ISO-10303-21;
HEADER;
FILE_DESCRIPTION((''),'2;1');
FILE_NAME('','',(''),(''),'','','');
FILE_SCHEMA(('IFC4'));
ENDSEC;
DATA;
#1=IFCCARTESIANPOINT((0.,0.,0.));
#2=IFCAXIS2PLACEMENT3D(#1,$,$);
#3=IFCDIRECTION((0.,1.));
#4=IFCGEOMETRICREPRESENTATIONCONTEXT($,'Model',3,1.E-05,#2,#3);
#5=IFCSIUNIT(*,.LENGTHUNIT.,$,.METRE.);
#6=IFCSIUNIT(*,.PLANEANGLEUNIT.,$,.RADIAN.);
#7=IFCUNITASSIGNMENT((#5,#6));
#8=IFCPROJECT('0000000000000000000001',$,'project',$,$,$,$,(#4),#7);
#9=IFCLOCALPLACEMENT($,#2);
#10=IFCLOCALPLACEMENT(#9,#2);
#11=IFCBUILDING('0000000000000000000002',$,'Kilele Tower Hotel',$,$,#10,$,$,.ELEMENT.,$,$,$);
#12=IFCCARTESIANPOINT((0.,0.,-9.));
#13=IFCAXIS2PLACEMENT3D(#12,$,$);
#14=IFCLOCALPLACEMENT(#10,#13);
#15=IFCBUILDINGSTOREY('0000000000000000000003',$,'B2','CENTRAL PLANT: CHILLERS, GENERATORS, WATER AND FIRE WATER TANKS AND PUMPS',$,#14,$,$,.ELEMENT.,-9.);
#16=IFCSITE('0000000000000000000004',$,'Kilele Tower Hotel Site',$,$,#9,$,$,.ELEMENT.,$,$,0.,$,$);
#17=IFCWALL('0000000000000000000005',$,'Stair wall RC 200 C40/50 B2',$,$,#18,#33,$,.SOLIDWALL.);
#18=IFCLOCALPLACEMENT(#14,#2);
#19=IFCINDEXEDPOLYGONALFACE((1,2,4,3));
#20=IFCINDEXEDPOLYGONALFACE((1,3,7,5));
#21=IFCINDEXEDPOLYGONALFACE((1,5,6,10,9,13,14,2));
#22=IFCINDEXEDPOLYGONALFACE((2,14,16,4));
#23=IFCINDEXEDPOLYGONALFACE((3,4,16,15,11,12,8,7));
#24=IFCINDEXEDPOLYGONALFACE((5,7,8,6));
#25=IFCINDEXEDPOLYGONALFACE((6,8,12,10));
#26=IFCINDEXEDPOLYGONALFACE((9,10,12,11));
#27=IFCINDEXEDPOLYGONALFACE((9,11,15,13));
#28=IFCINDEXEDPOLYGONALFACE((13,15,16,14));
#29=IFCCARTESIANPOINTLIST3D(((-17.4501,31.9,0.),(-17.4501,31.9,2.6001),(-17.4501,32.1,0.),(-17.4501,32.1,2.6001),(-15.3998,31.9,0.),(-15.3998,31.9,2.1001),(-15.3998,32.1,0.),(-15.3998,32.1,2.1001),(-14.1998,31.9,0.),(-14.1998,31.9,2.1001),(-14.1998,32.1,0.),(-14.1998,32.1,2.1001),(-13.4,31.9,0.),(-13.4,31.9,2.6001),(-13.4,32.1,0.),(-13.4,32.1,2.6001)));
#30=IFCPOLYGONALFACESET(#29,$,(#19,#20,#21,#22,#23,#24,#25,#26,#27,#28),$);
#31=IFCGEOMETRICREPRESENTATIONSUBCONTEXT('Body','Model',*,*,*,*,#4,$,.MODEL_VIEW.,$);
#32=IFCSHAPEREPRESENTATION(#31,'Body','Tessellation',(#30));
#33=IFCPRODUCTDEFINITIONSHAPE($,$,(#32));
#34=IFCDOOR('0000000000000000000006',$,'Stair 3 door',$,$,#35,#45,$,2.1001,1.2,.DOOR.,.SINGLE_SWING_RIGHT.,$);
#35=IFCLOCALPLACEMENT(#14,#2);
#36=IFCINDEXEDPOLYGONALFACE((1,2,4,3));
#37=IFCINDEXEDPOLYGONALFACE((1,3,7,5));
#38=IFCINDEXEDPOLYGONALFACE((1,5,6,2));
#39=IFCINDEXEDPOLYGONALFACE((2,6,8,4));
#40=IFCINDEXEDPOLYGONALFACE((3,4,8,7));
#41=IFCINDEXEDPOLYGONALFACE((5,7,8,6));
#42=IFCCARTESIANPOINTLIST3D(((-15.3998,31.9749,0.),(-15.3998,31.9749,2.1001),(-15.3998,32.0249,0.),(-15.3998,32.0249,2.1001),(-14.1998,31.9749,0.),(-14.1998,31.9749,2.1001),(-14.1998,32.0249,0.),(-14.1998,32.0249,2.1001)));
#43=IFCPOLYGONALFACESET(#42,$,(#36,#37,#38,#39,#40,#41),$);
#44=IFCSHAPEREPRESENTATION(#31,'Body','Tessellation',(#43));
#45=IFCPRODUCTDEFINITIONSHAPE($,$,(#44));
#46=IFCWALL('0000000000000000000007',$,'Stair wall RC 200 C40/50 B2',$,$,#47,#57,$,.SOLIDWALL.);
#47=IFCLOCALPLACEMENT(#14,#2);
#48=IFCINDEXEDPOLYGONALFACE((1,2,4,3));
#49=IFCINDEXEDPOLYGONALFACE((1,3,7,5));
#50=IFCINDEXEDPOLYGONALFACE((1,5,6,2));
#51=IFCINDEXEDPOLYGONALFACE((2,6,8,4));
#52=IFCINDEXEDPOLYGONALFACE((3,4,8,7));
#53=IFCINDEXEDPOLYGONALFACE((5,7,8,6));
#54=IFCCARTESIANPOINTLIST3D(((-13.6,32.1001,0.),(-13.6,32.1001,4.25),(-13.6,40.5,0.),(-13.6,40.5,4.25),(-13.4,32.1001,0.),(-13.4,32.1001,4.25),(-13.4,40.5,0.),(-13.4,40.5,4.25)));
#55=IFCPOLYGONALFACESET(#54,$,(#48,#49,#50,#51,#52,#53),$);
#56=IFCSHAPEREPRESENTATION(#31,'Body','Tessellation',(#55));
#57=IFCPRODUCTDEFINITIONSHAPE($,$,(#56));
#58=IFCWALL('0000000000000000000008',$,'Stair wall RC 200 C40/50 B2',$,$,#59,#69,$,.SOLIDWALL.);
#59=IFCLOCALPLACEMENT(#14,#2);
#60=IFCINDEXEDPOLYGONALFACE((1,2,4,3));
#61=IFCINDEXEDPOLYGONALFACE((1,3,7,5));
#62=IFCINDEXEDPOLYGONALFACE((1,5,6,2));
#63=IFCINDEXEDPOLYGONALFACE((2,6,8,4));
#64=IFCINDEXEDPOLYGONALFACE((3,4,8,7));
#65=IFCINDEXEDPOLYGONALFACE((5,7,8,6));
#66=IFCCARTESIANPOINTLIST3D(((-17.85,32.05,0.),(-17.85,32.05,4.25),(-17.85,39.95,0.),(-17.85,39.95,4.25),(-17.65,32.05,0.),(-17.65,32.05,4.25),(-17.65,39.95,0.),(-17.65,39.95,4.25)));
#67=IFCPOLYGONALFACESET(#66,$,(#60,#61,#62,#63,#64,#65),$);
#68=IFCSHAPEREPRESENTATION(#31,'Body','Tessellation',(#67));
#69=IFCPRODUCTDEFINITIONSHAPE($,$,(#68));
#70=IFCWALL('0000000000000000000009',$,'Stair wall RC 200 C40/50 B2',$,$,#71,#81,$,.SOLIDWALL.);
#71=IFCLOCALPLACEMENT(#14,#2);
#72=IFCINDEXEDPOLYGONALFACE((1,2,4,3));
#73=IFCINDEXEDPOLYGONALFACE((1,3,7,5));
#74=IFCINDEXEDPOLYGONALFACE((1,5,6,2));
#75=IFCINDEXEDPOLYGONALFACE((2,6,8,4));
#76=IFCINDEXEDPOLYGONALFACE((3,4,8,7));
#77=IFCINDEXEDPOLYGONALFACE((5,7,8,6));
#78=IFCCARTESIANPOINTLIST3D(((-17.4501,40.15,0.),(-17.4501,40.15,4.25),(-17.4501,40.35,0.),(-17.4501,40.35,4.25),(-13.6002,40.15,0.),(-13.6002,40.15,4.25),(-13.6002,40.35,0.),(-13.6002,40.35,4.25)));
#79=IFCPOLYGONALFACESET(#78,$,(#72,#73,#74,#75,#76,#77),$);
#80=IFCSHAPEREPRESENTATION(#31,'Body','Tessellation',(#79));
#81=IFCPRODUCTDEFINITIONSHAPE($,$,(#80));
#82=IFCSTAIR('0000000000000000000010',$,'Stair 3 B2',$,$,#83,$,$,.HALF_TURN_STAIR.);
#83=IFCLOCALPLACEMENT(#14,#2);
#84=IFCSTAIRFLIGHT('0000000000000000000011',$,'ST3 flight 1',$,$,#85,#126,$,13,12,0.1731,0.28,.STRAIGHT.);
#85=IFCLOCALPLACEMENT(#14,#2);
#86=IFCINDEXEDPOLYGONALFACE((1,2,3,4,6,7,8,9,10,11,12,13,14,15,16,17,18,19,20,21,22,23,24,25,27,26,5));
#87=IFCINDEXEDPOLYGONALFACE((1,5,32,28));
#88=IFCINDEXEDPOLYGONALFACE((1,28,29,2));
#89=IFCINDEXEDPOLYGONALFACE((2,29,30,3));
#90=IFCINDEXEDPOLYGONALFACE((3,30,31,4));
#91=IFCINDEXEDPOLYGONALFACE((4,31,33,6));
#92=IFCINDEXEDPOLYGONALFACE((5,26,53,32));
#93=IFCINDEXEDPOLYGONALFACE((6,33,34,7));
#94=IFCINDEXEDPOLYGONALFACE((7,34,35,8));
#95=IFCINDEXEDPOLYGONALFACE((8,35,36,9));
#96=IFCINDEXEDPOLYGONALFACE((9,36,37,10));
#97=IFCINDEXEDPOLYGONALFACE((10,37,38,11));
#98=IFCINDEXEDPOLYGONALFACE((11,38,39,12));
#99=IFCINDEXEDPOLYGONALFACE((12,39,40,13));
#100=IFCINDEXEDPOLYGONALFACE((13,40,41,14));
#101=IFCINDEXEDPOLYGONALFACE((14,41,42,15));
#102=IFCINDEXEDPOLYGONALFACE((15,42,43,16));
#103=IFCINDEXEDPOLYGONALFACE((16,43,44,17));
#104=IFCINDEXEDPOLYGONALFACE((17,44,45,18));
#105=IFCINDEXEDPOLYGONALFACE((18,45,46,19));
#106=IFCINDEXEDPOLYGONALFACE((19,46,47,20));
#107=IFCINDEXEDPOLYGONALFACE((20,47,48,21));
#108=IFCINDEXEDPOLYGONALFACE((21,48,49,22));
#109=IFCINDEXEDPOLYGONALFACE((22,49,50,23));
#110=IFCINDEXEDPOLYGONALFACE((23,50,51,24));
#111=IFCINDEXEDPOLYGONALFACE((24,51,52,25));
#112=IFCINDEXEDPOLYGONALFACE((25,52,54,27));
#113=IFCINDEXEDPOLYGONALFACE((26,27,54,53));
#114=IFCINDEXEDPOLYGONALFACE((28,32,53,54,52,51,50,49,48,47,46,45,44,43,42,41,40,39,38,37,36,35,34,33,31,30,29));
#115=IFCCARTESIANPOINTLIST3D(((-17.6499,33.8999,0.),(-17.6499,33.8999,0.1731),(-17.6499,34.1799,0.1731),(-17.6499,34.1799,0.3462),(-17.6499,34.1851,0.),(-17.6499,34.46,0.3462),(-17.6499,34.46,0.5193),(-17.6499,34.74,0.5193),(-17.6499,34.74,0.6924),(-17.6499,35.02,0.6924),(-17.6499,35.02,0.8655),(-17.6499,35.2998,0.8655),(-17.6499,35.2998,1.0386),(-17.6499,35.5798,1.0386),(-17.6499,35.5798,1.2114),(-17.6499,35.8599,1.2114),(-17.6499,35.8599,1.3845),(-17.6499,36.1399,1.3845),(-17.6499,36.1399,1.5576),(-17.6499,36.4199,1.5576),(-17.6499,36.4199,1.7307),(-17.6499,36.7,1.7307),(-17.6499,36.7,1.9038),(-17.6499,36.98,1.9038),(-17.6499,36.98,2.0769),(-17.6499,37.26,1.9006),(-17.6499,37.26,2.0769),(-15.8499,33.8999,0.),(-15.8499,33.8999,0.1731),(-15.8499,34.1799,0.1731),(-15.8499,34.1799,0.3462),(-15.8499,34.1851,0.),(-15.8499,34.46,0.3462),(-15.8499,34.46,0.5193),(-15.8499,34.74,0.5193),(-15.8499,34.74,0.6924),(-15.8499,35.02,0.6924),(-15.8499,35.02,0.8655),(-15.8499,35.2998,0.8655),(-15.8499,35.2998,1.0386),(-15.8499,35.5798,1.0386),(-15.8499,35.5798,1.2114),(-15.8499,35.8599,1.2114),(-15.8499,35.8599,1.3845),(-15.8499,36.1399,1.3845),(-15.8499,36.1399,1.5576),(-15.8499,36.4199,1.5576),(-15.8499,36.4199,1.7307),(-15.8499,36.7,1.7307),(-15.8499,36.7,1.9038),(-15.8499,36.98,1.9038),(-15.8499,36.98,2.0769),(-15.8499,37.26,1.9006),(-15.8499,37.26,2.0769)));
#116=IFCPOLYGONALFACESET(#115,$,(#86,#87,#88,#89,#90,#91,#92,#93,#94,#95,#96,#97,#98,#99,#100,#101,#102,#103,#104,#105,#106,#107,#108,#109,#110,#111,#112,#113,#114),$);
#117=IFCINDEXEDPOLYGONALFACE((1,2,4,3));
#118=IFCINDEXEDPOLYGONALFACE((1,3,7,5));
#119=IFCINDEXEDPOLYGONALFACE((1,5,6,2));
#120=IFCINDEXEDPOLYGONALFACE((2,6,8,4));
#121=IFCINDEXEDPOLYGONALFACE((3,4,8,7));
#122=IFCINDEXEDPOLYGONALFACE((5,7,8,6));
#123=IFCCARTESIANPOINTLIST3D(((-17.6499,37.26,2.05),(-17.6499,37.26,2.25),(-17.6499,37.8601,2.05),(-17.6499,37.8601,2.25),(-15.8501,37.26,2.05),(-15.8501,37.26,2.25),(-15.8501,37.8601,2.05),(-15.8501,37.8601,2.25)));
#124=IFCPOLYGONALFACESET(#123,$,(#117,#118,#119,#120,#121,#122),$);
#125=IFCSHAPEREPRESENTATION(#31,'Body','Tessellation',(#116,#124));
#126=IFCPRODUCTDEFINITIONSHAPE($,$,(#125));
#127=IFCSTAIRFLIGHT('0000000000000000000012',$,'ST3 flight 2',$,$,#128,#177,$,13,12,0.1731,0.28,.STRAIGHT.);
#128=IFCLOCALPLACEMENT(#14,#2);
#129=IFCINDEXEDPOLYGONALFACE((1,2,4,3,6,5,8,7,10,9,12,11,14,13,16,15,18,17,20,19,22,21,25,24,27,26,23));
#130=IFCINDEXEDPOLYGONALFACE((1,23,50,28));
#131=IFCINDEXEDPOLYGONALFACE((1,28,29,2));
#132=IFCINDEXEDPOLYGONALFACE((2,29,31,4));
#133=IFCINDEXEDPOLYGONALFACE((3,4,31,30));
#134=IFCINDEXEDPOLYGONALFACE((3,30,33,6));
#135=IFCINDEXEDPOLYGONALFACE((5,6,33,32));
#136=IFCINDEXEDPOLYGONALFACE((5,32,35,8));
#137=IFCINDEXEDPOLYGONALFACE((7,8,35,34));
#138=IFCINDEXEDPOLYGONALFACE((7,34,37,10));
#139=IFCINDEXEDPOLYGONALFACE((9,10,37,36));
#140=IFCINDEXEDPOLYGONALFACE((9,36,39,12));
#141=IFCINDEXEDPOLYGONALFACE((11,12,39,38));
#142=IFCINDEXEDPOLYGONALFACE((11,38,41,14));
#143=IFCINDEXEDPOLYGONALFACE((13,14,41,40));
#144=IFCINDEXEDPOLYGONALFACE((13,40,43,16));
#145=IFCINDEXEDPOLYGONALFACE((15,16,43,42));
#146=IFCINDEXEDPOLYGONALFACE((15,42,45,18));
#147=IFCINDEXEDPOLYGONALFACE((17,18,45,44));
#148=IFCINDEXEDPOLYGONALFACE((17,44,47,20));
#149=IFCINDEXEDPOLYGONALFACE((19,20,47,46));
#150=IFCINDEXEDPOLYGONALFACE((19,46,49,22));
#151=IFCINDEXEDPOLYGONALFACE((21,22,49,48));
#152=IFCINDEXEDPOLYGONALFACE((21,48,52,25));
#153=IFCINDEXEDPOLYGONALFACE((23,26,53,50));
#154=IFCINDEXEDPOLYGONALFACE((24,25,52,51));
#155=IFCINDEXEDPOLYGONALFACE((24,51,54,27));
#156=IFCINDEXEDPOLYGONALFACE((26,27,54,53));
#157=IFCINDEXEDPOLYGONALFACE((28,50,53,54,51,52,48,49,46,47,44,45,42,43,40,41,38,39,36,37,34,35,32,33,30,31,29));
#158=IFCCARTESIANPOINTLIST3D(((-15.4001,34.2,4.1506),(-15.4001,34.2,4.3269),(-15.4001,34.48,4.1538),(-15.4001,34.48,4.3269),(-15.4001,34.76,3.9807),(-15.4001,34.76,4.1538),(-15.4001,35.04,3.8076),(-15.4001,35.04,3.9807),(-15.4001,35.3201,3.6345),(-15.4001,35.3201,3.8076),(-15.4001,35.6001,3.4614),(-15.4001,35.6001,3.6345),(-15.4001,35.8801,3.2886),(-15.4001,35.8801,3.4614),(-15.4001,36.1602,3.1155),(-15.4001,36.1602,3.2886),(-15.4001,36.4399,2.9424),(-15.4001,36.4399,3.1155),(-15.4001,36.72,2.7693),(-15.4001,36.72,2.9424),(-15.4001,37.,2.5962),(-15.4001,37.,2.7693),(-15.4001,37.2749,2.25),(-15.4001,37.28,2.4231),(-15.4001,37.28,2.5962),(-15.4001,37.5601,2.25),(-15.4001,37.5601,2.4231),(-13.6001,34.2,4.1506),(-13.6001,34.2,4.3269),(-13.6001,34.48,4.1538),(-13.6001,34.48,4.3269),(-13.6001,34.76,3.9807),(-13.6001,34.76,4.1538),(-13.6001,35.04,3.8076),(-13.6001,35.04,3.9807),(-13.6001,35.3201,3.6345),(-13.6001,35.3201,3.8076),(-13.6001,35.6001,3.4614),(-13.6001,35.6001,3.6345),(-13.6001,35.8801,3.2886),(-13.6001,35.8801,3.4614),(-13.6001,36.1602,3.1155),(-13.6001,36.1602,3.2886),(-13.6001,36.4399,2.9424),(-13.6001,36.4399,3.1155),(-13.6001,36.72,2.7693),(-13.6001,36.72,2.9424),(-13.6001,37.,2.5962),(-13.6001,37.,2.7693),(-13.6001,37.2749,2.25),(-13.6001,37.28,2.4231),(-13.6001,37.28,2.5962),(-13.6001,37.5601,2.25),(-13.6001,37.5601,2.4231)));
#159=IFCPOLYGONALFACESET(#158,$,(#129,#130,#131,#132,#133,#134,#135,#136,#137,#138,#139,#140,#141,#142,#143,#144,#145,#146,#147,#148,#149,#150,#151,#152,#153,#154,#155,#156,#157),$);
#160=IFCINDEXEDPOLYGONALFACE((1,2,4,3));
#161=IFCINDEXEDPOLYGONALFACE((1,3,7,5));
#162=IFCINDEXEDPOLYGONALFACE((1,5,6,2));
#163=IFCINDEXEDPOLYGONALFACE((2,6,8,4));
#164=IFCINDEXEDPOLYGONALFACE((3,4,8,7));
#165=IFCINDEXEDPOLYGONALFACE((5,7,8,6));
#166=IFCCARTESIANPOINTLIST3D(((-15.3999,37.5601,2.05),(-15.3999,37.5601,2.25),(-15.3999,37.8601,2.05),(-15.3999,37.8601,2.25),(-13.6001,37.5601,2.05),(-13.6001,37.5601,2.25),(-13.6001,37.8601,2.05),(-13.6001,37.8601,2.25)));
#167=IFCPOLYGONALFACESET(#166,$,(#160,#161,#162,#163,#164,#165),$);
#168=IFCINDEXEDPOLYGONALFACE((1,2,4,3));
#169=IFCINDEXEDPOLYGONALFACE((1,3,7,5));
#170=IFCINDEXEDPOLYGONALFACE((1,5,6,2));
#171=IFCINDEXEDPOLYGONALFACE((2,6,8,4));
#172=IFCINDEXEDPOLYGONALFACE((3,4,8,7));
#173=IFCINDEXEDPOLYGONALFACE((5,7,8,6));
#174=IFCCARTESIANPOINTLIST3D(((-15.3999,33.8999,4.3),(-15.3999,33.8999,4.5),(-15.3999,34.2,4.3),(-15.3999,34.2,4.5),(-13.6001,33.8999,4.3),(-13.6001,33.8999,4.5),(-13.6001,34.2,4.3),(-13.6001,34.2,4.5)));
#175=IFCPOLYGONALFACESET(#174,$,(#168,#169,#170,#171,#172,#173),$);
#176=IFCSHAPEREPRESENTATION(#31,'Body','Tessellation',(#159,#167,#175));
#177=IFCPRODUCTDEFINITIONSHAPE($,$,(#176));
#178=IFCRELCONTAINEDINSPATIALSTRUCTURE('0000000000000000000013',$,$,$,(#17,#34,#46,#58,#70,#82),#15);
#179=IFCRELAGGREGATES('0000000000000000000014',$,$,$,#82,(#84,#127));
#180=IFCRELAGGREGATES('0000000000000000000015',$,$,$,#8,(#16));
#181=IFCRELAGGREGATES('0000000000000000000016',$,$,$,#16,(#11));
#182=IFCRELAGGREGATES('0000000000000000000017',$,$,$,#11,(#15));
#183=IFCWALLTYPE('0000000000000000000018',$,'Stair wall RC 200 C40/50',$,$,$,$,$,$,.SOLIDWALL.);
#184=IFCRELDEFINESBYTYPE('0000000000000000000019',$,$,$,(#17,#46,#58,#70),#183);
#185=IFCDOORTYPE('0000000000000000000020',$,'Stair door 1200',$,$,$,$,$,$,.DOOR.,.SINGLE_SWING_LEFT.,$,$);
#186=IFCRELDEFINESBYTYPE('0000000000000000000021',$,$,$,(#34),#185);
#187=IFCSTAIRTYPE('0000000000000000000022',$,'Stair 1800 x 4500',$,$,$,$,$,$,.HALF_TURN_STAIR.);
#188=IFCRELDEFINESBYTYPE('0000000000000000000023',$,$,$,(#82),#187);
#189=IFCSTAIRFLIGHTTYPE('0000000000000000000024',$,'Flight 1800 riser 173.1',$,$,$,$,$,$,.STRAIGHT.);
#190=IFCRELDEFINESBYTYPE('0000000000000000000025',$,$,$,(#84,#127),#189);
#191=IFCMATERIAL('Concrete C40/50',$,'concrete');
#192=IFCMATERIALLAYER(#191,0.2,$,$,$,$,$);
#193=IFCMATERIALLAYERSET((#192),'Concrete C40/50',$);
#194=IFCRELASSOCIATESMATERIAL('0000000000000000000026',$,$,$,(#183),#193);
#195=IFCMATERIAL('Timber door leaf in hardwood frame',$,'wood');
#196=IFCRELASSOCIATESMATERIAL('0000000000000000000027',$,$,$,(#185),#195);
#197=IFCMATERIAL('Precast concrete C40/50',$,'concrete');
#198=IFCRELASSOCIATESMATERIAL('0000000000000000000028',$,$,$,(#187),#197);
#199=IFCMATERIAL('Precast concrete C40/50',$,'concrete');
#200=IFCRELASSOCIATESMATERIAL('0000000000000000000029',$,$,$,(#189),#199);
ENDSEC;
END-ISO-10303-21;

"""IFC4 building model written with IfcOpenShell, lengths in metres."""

from ifc_helpers import new_model, si_unit, direction, frame, frame_2d, origin, place, context, subcontext, project, spatial, polyline, rectangle, outline, extrude, material, layer, layer_set, type_object, element, fill, aggregate, save


model = new_model("IFC4")

# Units and contexts
model_context = context("Model", 3, precision=1e-05, world=origin(), true_north=direction((0.0, 1.0)))
body_context = subcontext(model_context, "Body", "Model", "MODEL_VIEW")
ifc_project = project(units=[si_unit("LENGTHUNIT", "METRE"), si_unit("PLANEANGLEUNIT", "RADIAN")], contexts=[model_context])

# Site, building, storey
site_placement = place(None, origin())
site = spatial("IfcSite", under=ifc_project, at=site_placement, Name="Kilele Tower Hotel Site", CompositionType="ELEMENT", RefElevation=0.0)
building_placement = place(site_placement, origin())
building = spatial("IfcBuilding", under=site, at=building_placement, Name="Kilele Tower Hotel", CompositionType="ELEMENT")
storey_placement = place(building_placement, frame((0.0, 0.0, -9.0)))
storey = spatial("IfcBuildingStorey", under=building, at=storey_placement, Name="B2", Description="CENTRAL PLANT: CHILLERS, GENERATORS, WATER AND FIRE WATER TANKS AND PUMPS", CompositionType="ELEMENT", Elevation=-9.0)

# Wall, opening, door
ifc_material_1 = material(Name="Concrete C40/50", Category="concrete")
ifc_layer_1 = layer(ifc_material_1, 0.2)
ifc_layer_set_1 = layer_set([ifc_layer_1], Name="Concrete C40/50")
wall_type_1 = type_object("IfcWallType", Name="Stair wall RC 200 C40/50", PredefinedType="SOLIDWALL", material=ifc_layer_set_1)
wall_1_placement = place(storey_placement, frame((-17.45, 32.0, 0.0), z_axis=(0.0, 0.0, 1.0), x_axis=(1.0, 0.0, 0.0)))
wall_1 = element("IfcWall", 1, at=wall_1_placement, inside=storey, type_object=wall_type_1, Name="Stair wall RC 200 C40/50 B2", PredefinedType="SOLIDWALL", context=body_context, shape_type="SweptSolid", body=[
    extrude(rectangle(XDim=4.05, YDim=0.2, at=frame_2d((2.0249, 0.0))), origin(), (0.0, 0.0, 1.0), 2.6001),
])
opening_1_placement = place(wall_1_placement, frame((2.05, 0.0, 0.0)))
opening_1 = element("IfcOpeningElement", 2, at=opening_1_placement, cuts=wall_1, PredefinedType="OPENING", context=body_context, shape_type="SweptSolid", body=[
    extrude(rectangle(XDim=1.2, YDim=2.1001, at=frame_2d((0.6001, 1.05))), frame((0.0, 0.1099, 0.0), z_axis=(0.0, -1.0, 0.0), x_axis=(1.0, 0.0, 0.0)), (0.0, 0.0, 1.0), 0.22),
])
ifc_material_2 = material(Name="Timber door leaf in hardwood frame", Category="wood")
door_type_1 = type_object("IfcDoorType", Name="Stair door 1200", OperationType="SINGLE_SWING_LEFT", PredefinedType="DOOR", material=ifc_material_2)
door_1_placement = place(opening_1_placement, origin())
door_1 = element("IfcDoor", 3, at=door_1_placement, inside=storey, type_object=door_type_1, Name="Stair 3 door", OperationType="SINGLE_SWING_RIGHT", OverallHeight=2.1001, OverallWidth=1.2, PredefinedType="DOOR", context=body_context, shape_type="SweptSolid", body=[
    extrude(rectangle(XDim=1.2, YDim=2.1001, at=frame_2d((0.6001, 1.05))), frame((0.0, 0.0249, 0.0), z_axis=(0.0, -1.0, 0.0), x_axis=(1.0, 0.0, 0.0)), (0.0, 0.0, 1.0), 0.05),
])
fill(opening_1, door_1)

# Walls
wall_2_placement = place(storey_placement, frame((-13.5, 32.1001, 0.0), z_axis=(0.0, 0.0, 1.0), x_axis=(0.0, 1.0, 0.0)))
element("IfcWall", 4, at=wall_2_placement, inside=storey, type_object=wall_type_1, Name="Stair wall RC 200 C40/50 B2", PredefinedType="SOLIDWALL", context=body_context, shape_type="SweptSolid", body=[
    extrude(rectangle(XDim=8.3999, YDim=0.2, at=frame_2d((4.2, 0.0))), origin(), (0.0, 0.0, 1.0), 4.25),
])
wall_3_placement = place(storey_placement, frame((-17.75, 32.05, 0.0), z_axis=(0.0, 0.0, 1.0), x_axis=(0.0, 1.0, 0.0)))
element("IfcWall", 5, at=wall_3_placement, inside=storey, type_object=wall_type_1, Name="Stair wall RC 200 C40/50 B2", PredefinedType="SOLIDWALL", context=body_context, shape_type="SweptSolid", body=[
    extrude(rectangle(XDim=7.8999, YDim=0.2, at=frame_2d((3.95, 0.0))), origin(), (0.0, 0.0, 1.0), 4.25),
])
wall_4_placement = place(storey_placement, frame((-17.45, 40.25, 0.0), z_axis=(0.0, 0.0, 1.0), x_axis=(1.0, 0.0, 0.0)))
element("IfcWall", 6, at=wall_4_placement, inside=storey, type_object=wall_type_1, Name="Stair wall RC 200 C40/50 B2", PredefinedType="SOLIDWALL", context=body_context, shape_type="SweptSolid", body=[
    extrude(rectangle(XDim=3.8499, YDim=0.2, at=frame_2d((1.9248, 0.0))), origin(), (0.0, 0.0, 1.0), 4.25),
])

# Stair, stair flights
ifc_material_3 = material(Name="Precast concrete C40/50", Category="concrete")
stair_type = type_object("IfcStairType", Name="Stair 1800 x 4500", PredefinedType="HALF_TURN_STAIR", material=ifc_material_3)
stair_placement = place(storey_placement, origin())
stair = element("IfcStair", 7, at=stair_placement, inside=storey, type_object=stair_type, Name="Stair 3 B2", PredefinedType="HALF_TURN_STAIR")
ifc_material_4 = material(Name="Precast concrete C40/50", Category="concrete")
stair_flight_type = type_object("IfcStairFlightType", Name="Flight 1800 riser 173.1", PredefinedType="STRAIGHT", material=ifc_material_4)
stair_flight_1_placement = place(storey_placement, frame((-16.75, 33.8999, 0.0), z_axis=(0.0, 0.0, 1.0), x_axis=(0.0, 1.0, 0.0)))
stair_flight_1 = element("IfcStairFlight", 8, at=stair_flight_1_placement, type_object=stair_flight_type, Name="ST3 flight 1", NumberOfRisers=13, NumberOfTreads=12, PredefinedType="STRAIGHT", RiserHeight=0.1731, TreadLength=0.28, context=body_context, shape_type="SweptSolid", body=[
    extrude(outline(polyline([(0.0, 0.0), (0.0, 0.1731), (0.28, 0.1731), (0.28, 0.3462), (0.5601, 0.3462), (0.5601, 0.5193), (0.8401, 0.5193), (0.8401, 0.6924), (1.1201, 0.6924), (1.1201, 0.8655), (1.3999, 0.8655), (1.3999, 1.0386), (1.6799, 1.0386), (1.6799, 1.2114), (1.96, 1.2114), (1.96, 1.3845), (2.24, 1.3845), (2.24, 1.5576), (2.52, 1.5576), (2.52, 1.7307), (2.8, 1.7307), (2.8, 1.9038), (3.0801, 1.9038), (3.0801, 2.0769), (3.3601, 2.0769), (3.3601, 2.25), (3.3601, 1.9006), (0.2852, 0.0), (0.0, 0.0)])), frame((0.0, 0.8999, 0.0), z_axis=(0.0, -1.0, 0.0), x_axis=(1.0, 0.0, 0.0)), (0.0, 0.0, 1.0), 1.8),
    extrude(outline(polyline([(3.3601, 0.8999), (3.3601, -0.8999), (3.9602, -0.8999), (3.9602, 0.8999), (3.3601, 0.8999)])), frame((0.0, 0.0, 2.05)), (0.0, 0.0, 1.0), 0.2),
])
stair_flight_2_placement = place(storey_placement, frame((-14.5, 37.5601, 2.25), z_axis=(0.0, 0.0, 1.0), x_axis=(0.0, -1.0, 0.0)))
stair_flight_2 = element("IfcStairFlight", 9, at=stair_flight_2_placement, type_object=stair_flight_type, Name="ST3 flight 2", NumberOfRisers=13, NumberOfTreads=12, PredefinedType="STRAIGHT", RiserHeight=0.1731, TreadLength=0.28, context=body_context, shape_type="SweptSolid", body=[
    extrude(outline(polyline([(0.0, 0.0), (0.0, 0.1731), (0.28, 0.1731), (0.28, 0.3462), (0.5601, 0.3462), (0.5601, 0.5193), (0.8401, 0.5193), (0.8401, 0.6924), (1.1201, 0.6924), (1.1201, 0.8655), (1.3999, 0.8655), (1.3999, 1.0386), (1.6799, 1.0386), (1.6799, 1.2114), (1.96, 1.2114), (1.96, 1.3845), (2.24, 1.3845), (2.24, 1.5576), (2.52, 1.5576), (2.52, 1.7307), (2.8, 1.7307), (2.8, 1.9038), (3.0801, 1.9038), (3.0801, 2.0769), (3.3601, 2.0769), (3.3601, 2.25), (3.3601, 1.9006), (0.2852, 0.0), (0.0, 0.0)])), frame((0.0, 0.8999, 0.0), z_axis=(0.0, -1.0, 0.0), x_axis=(1.0, 0.0, 0.0)), (0.0, 0.0, 1.0), 1.8),
    extrude(outline(polyline([(0.0, -0.8999), (0.0, 0.8999), (-0.3, 0.8999), (-0.3, -0.8999), (0.0, -0.8999)])), frame((0.0, 0.0, -0.2)), (0.0, 0.0, 1.0), 0.2),
    extrude(outline(polyline([(3.6602, -0.8999), (3.6602, 0.8999), (3.3601, 0.8999), (3.3601, -0.8999), (3.6602, -0.8999)])), frame((0.0, 0.0, 2.05)), (0.0, 0.0, 1.0), 0.2),
])
aggregate(stair, [stair_flight_1, stair_flight_2])

save(model, "model.ifc")
